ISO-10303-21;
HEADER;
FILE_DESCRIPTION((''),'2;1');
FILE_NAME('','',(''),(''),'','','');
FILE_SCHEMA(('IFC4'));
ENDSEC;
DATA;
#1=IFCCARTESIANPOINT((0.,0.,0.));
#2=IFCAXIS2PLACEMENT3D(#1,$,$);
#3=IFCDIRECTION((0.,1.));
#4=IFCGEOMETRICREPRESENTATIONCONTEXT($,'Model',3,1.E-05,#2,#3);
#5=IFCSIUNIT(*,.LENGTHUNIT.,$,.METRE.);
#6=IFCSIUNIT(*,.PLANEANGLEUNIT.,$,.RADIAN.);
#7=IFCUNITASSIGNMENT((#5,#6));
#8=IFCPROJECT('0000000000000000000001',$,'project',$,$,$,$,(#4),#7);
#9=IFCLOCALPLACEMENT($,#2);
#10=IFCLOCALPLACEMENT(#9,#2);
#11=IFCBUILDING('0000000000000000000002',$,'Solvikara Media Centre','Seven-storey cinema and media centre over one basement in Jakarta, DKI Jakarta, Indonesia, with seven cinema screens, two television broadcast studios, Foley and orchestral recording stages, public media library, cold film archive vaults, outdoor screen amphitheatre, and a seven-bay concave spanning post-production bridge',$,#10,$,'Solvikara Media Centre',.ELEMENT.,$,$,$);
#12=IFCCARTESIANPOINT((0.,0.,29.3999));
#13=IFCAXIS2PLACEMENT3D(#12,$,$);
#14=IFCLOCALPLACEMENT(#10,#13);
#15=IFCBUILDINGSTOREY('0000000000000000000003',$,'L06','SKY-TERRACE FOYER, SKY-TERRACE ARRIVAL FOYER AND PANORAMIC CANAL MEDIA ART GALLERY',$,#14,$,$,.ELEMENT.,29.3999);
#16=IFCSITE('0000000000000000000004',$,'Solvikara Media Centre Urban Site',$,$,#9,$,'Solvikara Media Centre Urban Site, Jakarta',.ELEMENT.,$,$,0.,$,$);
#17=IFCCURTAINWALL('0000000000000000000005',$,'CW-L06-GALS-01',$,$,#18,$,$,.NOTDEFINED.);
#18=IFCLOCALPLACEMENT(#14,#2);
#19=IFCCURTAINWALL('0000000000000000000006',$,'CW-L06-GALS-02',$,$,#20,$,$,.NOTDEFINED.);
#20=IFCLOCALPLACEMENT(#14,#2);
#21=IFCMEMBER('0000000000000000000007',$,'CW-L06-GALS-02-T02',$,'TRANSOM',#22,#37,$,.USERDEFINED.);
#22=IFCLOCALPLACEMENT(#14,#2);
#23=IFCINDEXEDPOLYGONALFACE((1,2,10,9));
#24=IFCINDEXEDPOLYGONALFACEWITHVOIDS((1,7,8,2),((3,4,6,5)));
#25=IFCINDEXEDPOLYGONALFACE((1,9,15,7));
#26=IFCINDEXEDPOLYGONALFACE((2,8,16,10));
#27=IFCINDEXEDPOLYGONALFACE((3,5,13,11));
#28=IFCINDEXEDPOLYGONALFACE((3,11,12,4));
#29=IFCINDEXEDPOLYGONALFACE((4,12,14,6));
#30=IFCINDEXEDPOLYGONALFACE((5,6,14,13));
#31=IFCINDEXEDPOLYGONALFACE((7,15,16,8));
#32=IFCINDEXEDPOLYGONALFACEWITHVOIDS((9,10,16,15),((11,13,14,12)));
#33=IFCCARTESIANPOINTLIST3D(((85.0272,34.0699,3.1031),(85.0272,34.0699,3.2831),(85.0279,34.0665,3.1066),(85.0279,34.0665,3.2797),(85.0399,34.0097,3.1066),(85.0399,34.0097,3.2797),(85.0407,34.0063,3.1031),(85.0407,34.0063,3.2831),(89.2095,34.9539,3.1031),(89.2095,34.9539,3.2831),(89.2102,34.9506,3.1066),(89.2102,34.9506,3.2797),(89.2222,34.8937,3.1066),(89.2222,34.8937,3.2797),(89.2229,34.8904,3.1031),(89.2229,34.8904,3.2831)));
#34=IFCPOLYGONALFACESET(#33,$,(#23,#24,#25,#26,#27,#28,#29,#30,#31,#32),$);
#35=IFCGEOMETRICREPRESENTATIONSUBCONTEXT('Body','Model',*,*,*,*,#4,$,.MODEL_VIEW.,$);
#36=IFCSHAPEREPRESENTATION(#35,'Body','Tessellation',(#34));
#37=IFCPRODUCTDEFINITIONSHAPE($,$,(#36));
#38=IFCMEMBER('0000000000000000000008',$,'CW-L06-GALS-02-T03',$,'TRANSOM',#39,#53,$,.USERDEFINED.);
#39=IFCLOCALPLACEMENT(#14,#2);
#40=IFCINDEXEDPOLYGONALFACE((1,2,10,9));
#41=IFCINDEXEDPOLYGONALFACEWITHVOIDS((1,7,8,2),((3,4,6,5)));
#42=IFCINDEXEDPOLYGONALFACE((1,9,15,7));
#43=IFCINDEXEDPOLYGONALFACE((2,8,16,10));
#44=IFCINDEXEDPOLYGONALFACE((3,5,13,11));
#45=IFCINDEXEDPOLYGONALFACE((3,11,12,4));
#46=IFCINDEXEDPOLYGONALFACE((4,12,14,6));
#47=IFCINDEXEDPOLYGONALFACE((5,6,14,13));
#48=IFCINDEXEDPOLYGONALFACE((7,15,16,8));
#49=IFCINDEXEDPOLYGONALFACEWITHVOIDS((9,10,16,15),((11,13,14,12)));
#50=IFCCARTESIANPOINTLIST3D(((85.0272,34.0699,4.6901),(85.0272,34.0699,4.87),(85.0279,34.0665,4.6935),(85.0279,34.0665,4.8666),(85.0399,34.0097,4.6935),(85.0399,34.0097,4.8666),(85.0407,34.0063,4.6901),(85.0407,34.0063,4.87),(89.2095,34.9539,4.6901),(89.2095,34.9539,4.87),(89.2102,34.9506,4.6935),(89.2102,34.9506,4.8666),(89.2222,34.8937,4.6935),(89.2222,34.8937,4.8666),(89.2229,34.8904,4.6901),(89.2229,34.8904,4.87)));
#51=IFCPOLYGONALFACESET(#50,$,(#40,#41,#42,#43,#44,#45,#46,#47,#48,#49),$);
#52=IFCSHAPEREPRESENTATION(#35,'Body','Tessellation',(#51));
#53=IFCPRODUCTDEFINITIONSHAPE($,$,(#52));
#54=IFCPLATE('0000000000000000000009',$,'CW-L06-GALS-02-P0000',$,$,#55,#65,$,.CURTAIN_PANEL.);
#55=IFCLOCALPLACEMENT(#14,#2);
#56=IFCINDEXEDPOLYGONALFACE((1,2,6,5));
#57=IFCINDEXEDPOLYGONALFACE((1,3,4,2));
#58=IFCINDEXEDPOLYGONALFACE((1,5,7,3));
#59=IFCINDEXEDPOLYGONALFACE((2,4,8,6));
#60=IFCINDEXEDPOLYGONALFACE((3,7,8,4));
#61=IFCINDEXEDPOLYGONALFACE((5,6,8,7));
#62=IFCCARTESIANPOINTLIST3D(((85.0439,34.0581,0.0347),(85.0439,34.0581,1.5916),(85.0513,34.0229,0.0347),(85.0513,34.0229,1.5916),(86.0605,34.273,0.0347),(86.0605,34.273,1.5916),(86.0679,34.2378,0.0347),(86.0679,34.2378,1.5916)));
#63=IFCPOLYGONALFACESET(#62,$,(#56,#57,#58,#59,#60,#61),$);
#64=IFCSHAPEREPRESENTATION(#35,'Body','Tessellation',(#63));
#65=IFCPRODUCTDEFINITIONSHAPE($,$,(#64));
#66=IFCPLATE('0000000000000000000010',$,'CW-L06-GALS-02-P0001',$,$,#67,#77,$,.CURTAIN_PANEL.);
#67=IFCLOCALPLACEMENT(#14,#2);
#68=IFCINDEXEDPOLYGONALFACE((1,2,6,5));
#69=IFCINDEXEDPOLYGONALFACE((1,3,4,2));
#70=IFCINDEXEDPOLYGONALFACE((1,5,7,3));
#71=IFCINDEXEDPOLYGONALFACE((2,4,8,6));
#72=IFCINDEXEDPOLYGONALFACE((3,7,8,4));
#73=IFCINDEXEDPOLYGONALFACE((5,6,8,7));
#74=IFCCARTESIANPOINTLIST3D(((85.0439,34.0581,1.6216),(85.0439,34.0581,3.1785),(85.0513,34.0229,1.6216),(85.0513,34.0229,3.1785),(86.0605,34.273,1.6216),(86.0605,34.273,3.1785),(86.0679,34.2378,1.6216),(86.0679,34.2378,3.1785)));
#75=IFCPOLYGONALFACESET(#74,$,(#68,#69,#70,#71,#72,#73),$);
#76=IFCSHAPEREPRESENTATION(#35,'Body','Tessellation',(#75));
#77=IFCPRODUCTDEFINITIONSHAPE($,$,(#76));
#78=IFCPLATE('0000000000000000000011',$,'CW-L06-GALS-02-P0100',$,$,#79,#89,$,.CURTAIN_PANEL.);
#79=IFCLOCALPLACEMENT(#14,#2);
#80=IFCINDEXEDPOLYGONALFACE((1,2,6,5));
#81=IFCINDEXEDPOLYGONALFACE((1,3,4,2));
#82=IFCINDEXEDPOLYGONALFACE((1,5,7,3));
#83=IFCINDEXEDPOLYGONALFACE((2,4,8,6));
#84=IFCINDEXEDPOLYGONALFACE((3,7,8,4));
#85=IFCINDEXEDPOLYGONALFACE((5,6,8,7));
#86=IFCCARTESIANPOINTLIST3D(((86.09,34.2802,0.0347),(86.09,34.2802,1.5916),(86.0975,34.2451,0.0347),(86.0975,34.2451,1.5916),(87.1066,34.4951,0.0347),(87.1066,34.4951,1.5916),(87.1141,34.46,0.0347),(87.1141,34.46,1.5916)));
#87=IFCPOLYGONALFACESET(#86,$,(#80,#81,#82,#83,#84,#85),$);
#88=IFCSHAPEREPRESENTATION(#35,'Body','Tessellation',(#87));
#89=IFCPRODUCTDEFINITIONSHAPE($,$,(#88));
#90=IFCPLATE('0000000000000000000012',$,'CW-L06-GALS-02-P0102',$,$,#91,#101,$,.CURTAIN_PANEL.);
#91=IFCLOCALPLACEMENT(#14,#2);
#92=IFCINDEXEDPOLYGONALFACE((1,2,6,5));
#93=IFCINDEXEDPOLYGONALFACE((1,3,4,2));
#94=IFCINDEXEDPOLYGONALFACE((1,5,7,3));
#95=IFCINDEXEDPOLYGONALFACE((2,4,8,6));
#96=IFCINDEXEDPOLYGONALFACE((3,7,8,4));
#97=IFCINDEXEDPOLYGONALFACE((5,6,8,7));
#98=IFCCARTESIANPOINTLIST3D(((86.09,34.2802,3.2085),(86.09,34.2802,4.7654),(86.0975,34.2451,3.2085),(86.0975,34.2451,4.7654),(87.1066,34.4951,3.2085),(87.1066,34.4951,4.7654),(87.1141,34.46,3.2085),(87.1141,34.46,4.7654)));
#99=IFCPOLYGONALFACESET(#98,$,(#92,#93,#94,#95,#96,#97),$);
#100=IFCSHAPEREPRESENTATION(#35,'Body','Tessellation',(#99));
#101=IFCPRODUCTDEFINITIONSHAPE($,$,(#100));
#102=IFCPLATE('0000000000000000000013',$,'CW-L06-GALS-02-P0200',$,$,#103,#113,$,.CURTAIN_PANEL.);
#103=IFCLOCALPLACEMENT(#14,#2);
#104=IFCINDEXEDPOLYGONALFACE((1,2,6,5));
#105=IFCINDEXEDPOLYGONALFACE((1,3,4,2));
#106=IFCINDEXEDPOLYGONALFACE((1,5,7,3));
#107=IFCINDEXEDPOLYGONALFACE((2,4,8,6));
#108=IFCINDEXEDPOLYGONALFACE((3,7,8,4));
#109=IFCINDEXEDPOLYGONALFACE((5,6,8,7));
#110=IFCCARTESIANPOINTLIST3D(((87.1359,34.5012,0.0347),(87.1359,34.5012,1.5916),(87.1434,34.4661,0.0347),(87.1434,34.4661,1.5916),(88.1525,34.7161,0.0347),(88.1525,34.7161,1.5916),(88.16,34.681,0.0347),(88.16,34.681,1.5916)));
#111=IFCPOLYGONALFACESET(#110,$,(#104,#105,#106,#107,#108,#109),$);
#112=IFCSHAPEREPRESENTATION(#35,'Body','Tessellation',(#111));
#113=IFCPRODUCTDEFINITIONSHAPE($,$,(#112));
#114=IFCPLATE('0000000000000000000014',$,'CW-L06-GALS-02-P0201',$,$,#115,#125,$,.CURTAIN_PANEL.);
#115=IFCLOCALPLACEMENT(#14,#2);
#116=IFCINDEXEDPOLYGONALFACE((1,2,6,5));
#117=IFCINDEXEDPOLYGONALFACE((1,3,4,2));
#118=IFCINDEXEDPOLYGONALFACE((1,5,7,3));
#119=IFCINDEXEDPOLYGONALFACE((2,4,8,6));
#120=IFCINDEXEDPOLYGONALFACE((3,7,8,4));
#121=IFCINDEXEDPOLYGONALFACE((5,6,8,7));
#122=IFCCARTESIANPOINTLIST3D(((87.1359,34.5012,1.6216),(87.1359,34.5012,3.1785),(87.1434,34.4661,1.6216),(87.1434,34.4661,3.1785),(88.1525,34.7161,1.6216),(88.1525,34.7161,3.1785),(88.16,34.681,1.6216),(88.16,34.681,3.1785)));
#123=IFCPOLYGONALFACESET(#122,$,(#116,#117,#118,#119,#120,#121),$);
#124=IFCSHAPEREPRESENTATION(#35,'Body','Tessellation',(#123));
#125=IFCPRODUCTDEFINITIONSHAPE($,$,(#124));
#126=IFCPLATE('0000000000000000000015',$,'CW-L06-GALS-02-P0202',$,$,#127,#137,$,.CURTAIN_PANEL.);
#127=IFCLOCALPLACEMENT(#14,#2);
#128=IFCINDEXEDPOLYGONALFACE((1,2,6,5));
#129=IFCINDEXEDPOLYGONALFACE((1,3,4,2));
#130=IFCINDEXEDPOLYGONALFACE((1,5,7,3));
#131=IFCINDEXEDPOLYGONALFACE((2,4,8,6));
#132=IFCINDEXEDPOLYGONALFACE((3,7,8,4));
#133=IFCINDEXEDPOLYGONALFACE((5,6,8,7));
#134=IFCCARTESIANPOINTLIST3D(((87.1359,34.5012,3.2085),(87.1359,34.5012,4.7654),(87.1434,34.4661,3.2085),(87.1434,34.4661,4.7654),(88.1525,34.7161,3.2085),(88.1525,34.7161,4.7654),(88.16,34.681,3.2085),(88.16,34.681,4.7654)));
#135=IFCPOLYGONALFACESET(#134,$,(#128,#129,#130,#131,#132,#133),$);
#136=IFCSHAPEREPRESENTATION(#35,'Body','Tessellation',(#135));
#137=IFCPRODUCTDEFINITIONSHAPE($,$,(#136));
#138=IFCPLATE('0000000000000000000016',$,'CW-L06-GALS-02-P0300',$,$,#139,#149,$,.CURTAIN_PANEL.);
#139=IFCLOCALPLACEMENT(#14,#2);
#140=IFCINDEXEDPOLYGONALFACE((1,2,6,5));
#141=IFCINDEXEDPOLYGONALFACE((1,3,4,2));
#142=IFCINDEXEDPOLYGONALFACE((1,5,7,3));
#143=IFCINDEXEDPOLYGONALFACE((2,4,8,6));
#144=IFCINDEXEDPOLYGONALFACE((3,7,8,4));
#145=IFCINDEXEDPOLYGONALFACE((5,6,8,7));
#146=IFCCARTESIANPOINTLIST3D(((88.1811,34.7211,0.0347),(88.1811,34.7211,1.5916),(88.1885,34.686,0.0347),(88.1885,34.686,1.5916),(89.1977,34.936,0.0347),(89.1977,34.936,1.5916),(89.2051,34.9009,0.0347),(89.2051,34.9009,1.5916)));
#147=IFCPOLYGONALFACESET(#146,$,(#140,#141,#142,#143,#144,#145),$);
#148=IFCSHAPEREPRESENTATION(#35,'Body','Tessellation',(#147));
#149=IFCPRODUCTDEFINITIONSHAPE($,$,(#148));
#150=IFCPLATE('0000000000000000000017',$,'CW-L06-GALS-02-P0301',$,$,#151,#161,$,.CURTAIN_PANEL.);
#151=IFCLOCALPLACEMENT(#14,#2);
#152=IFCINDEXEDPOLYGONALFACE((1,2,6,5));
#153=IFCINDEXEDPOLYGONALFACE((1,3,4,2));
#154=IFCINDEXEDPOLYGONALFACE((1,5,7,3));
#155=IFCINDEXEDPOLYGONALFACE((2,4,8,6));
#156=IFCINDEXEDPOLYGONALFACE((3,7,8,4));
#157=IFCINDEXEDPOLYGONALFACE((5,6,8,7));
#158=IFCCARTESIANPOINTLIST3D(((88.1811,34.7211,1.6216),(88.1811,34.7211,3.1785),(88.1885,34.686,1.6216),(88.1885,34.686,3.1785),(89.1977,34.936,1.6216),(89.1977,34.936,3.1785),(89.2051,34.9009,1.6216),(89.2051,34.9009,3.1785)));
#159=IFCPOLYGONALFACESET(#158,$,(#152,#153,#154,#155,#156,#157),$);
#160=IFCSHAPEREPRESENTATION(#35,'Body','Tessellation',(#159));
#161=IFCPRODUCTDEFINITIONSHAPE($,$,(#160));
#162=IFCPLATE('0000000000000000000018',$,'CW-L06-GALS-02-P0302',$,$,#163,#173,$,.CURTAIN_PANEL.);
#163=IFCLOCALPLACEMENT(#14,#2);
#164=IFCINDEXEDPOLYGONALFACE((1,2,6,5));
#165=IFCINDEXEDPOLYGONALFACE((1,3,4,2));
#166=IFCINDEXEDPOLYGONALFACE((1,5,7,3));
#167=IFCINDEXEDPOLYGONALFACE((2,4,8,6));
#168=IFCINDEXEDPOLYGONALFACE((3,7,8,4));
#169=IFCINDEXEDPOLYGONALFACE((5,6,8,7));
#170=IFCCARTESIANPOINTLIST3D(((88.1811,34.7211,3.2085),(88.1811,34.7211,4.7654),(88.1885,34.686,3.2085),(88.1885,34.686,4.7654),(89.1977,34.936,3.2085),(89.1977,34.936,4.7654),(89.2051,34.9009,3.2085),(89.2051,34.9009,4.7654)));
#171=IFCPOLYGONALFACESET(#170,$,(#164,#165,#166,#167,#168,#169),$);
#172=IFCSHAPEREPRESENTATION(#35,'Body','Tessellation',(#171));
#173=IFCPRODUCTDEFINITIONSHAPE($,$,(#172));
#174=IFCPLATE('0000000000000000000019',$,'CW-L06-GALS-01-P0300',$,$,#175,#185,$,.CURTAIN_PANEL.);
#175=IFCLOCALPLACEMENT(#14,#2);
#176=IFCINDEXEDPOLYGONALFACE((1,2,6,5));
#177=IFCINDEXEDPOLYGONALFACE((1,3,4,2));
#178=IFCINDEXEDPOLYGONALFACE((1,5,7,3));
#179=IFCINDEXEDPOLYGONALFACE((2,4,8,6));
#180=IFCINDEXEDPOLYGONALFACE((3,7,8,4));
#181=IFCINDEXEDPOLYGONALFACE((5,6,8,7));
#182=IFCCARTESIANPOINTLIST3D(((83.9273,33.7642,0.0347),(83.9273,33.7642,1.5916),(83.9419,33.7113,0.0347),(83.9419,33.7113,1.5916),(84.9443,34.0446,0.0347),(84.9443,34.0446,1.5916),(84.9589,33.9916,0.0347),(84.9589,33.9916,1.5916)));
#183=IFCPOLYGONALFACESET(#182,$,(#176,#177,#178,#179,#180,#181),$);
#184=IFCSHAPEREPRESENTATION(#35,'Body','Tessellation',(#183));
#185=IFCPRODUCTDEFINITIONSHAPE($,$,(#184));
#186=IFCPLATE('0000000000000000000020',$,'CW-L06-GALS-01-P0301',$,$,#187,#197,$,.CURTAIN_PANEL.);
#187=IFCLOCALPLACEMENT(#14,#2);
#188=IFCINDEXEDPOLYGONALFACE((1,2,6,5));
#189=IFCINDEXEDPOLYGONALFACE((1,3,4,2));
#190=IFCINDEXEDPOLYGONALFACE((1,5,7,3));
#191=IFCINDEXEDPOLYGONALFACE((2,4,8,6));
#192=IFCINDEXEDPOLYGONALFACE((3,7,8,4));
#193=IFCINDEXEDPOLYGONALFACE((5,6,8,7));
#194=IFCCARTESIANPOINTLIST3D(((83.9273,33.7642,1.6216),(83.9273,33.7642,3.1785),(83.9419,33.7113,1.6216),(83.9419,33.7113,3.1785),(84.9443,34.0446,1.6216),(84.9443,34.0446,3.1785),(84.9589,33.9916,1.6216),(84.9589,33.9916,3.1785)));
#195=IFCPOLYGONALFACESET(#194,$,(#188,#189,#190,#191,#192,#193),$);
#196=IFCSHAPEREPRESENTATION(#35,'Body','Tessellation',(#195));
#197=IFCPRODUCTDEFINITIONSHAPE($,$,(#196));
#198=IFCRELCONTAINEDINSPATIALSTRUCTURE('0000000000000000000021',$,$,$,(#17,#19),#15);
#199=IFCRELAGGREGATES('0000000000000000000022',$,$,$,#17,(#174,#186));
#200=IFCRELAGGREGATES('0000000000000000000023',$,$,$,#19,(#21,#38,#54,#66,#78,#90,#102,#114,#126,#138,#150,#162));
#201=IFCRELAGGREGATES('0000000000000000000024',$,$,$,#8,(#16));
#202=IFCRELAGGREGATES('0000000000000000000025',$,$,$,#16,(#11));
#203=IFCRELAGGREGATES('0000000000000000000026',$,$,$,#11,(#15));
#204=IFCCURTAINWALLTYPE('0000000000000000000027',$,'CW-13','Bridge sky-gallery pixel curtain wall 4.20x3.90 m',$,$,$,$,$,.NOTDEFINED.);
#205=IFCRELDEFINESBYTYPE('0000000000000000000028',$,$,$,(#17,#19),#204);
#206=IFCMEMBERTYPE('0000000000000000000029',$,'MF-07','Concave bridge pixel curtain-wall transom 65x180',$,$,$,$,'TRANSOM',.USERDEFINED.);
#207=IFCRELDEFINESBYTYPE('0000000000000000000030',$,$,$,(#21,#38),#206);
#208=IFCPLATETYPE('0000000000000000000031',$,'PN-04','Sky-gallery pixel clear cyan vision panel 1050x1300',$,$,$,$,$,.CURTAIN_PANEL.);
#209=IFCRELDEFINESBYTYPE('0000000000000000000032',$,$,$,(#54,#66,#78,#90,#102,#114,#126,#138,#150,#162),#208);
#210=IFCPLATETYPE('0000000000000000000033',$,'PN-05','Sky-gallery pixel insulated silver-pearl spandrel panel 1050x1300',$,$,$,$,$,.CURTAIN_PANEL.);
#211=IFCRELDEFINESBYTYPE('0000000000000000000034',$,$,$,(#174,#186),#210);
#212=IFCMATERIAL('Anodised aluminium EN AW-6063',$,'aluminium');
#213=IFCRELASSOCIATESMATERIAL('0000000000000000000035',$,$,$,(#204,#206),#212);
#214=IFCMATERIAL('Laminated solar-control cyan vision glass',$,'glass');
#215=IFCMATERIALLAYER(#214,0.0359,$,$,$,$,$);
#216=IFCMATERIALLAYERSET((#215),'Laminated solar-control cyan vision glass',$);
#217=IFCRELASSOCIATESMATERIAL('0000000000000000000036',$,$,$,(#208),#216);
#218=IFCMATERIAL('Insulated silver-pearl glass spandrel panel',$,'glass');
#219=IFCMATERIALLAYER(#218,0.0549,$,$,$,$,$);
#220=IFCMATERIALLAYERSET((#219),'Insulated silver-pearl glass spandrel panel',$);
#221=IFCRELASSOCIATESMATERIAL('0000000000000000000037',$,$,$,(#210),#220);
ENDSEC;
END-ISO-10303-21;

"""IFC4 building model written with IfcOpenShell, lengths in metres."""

from ifc_helpers import new_model, si_unit, direction, frame, origin, origin_2d, place, context, subcontext, project, spatial, rectangle, hollow_rectangle, extrude, material, layer, layer_set, material_profile, profile_set, type_object, element, aggregate, save


model = new_model("IFC4")

# Units and contexts
model_context = context("Model", 3, precision=1e-05, world=origin(), true_north=direction((0.0, 1.0)))
body_context = subcontext(model_context, "Body", "Model", "MODEL_VIEW")
ifc_project = project(units=[si_unit("LENGTHUNIT", "METRE"), si_unit("PLANEANGLEUNIT", "RADIAN")], contexts=[model_context])

# Site, building, storey
site_placement = place(None, origin())
site = spatial("IfcSite", under=ifc_project, at=site_placement, Name="Solvikara Media Centre Urban Site", LongName="Solvikara Media Centre Urban Site, Jakarta", CompositionType="ELEMENT", RefElevation=0.0)
building_placement = place(site_placement, origin())
building = spatial("IfcBuilding", under=site, at=building_placement, Name="Solvikara Media Centre", Description="Seven-storey cinema and media centre over one basement in Jakarta, DKI Jakarta, Indonesia, with seven cinema screens, two television broadcast studios, Foley and orchestral recording stages, public media library, cold film archive vaults, outdoor screen amphitheatre, and a seven-bay concave spanning post-production bridge", LongName="Solvikara Media Centre", CompositionType="ELEMENT")
storey_placement = place(building_placement, frame((0.0, 0.0, 29.3999)))
storey = spatial("IfcBuildingStorey", under=building, at=storey_placement, Name="L06", Description="SKY-TERRACE FOYER, SKY-TERRACE ARRIVAL FOYER AND PANORAMIC CANAL MEDIA ART GALLERY", CompositionType="ELEMENT", Elevation=29.3999)

# Curtain wall
ifc_material_1 = material(Name="Anodised aluminium EN AW-6063", Category="aluminium")
curtain_wall_type = type_object("IfcCurtainWallType", Name="CW-13", Description="Bridge sky-gallery pixel curtain wall 4.20x3.90 m", PredefinedType="NOTDEFINED", material=ifc_material_1)
curtain_wall_1_placement = place(storey_placement, origin())
curtain_wall_1 = element("IfcCurtainWall", 1, at=curtain_wall_1_placement, inside=storey, type_object=curtain_wall_type, Name="CW-L06-GALS-01", PredefinedType="NOTDEFINED")

# Curtain wall, members, plates
curtain_wall_2_placement = place(storey_placement, origin())
curtain_wall_2 = element("IfcCurtainWall", 2, at=curtain_wall_2_placement, inside=storey, type_object=curtain_wall_type, Name="CW-L06-GALS-02", PredefinedType="NOTDEFINED")
ifc_material_profile_1 = material_profile(ifc_material_1, hollow_rectangle(XDim=0.0649, YDim=0.1799, WallThickness=0.0034, at=origin_2d()), Name="ALU-T 65x180x3.5")
ifc_profile_set_1 = profile_set([ifc_material_profile_1], Name="Anodised aluminium EN AW-6063")
member_type_1 = type_object("IfcMemberType", Name="MF-07", Description="Concave bridge pixel curtain-wall transom 65x180", ElementType="TRANSOM", PredefinedType="USERDEFINED", material=ifc_profile_set_1)
member_1_placement = place(storey_placement, frame((85.0339, 34.0381, 3.1931), z_axis=(0.97838, 0.206814, 0.0), x_axis=(-0.206814, 0.97838, 0.0)))
member_1 = element("IfcMember", 3, at=member_1_placement, type_object=member_type_1, Name="CW-L06-GALS-02-T02", ObjectType="TRANSOM", PredefinedType="USERDEFINED", context=body_context, shape_type="SweptSolid", body=[
    extrude(hollow_rectangle(XDim=0.0649, YDim=0.1799, WallThickness=0.0034, at=origin_2d()), origin(), (0.0, 0.0, 1.0), 4.2747),
])
member_2_placement = place(storey_placement, frame((85.0339, 34.0381, 4.78), z_axis=(0.97838, 0.206814, 0.0), x_axis=(-0.206814, 0.97838, 0.0)))
member_2 = element("IfcMember", 4, at=member_2_placement, type_object=member_type_1, Name="CW-L06-GALS-02-T03", ObjectType="TRANSOM", PredefinedType="USERDEFINED", context=body_context, shape_type="SweptSolid", body=[
    extrude(hollow_rectangle(XDim=0.0649, YDim=0.1799, WallThickness=0.0034, at=origin_2d()), origin(), (0.0, 0.0, 1.0), 4.2747),
])
ifc_material_2 = material(Name="Laminated solar-control cyan vision glass", Category="glass")
ifc_layer_1 = layer(ifc_material_2, 0.0359)
ifc_layer_set_1 = layer_set([ifc_layer_1], Name="Laminated solar-control cyan vision glass")
plate_type_1 = type_object("IfcPlateType", Name="PN-04", Description="Sky-gallery pixel clear cyan vision panel 1050x1300", PredefinedType="CURTAIN_PANEL", material=ifc_layer_set_1)
plate_1_placement = place(storey_placement, frame((85.5559, 34.1479, 0.0347), z_axis=(0.0, 0.0, 1.0), x_axis=(0.978379, 0.206819, 0.0)))
plate_1 = element("IfcPlate", 5, at=plate_1_placement, type_object=plate_type_1, Name="CW-L06-GALS-02-P0000", PredefinedType="CURTAIN_PANEL", context=body_context, shape_type="SweptSolid", body=[
    extrude(rectangle(XDim=1.0391, YDim=0.0359, at=origin_2d()), origin(), (0.0, 0.0, 1.0), 1.5569),
])
plate_2_placement = place(storey_placement, frame((85.5559, 34.1479, 1.6216), z_axis=(0.0, 0.0, 1.0), x_axis=(0.978379, 0.206819, 0.0)))
plate_2 = element("IfcPlate", 6, at=plate_2_placement, type_object=plate_type_1, Name="CW-L06-GALS-02-P0001", PredefinedType="CURTAIN_PANEL", context=body_context, shape_type="SweptSolid", body=[
    extrude(rectangle(XDim=1.0391, YDim=0.0359, at=origin_2d()), origin(), (0.0, 0.0, 1.0), 1.5569),
])
plate_3_placement = place(storey_placement, frame((86.6021, 34.3701, 0.0347), z_axis=(0.0, 0.0, 1.0), x_axis=(0.978379, 0.206819, 0.0)))
plate_3 = element("IfcPlate", 7, at=plate_3_placement, type_object=plate_type_1, Name="CW-L06-GALS-02-P0100", PredefinedType="CURTAIN_PANEL", context=body_context, shape_type="SweptSolid", body=[
    extrude(rectangle(XDim=1.0391, YDim=0.0359, at=origin_2d()), origin(), (0.0, 0.0, 1.0), 1.5569),
])
plate_4_placement = place(storey_placement, frame((86.6021, 34.3701, 3.2085), z_axis=(0.0, 0.0, 1.0), x_axis=(0.978379, 0.206819, 0.0)))
plate_4 = element("IfcPlate", 8, at=plate_4_placement, type_object=plate_type_1, Name="CW-L06-GALS-02-P0102", PredefinedType="CURTAIN_PANEL", context=body_context, shape_type="SweptSolid", body=[
    extrude(rectangle(XDim=1.0391, YDim=0.0359, at=origin_2d()), origin(), (0.0, 0.0, 1.0), 1.5569),
])
plate_5_placement = place(storey_placement, frame((87.6479, 34.5911, 0.0347), z_axis=(0.0, 0.0, 1.0), x_axis=(0.978379, 0.206819, 0.0)))
plate_5 = element("IfcPlate", 9, at=plate_5_placement, type_object=plate_type_1, Name="CW-L06-GALS-02-P0200", PredefinedType="CURTAIN_PANEL", context=body_context, shape_type="SweptSolid", body=[
    extrude(rectangle(XDim=1.0391, YDim=0.0359, at=origin_2d()), origin(), (0.0, 0.0, 1.0), 1.5569),
])
plate_6_placement = place(storey_placement, frame((87.6479, 34.5911, 1.6216), z_axis=(0.0, 0.0, 1.0), x_axis=(0.978379, 0.206819, 0.0)))
plate_6 = element("IfcPlate", 10, at=plate_6_placement, type_object=plate_type_1, Name="CW-L06-GALS-02-P0201", PredefinedType="CURTAIN_PANEL", context=body_context, shape_type="SweptSolid", body=[
    extrude(rectangle(XDim=1.0391, YDim=0.0359, at=origin_2d()), origin(), (0.0, 0.0, 1.0), 1.5569),
])
plate_7_placement = place(storey_placement, frame((87.6479, 34.5911, 3.2085), z_axis=(0.0, 0.0, 1.0), x_axis=(0.978379, 0.206819, 0.0)))
plate_7 = element("IfcPlate", 11, at=plate_7_placement, type_object=plate_type_1, Name="CW-L06-GALS-02-P0202", PredefinedType="CURTAIN_PANEL", context=body_context, shape_type="SweptSolid", body=[
    extrude(rectangle(XDim=1.0391, YDim=0.0359, at=origin_2d()), origin(), (0.0, 0.0, 1.0), 1.5569),
])
plate_8_placement = place(storey_placement, frame((88.6931, 34.811, 0.0347), z_axis=(0.0, 0.0, 1.0), x_axis=(0.978379, 0.206819, 0.0)))
plate_8 = element("IfcPlate", 12, at=plate_8_placement, type_object=plate_type_1, Name="CW-L06-GALS-02-P0300", PredefinedType="CURTAIN_PANEL", context=body_context, shape_type="SweptSolid", body=[
    extrude(rectangle(XDim=1.0391, YDim=0.0359, at=origin_2d()), origin(), (0.0, 0.0, 1.0), 1.5569),
])
plate_9_placement = place(storey_placement, frame((88.6931, 34.811, 1.6216), z_axis=(0.0, 0.0, 1.0), x_axis=(0.978379, 0.206819, 0.0)))
plate_9 = element("IfcPlate", 13, at=plate_9_placement, type_object=plate_type_1, Name="CW-L06-GALS-02-P0301", PredefinedType="CURTAIN_PANEL", context=body_context, shape_type="SweptSolid", body=[
    extrude(rectangle(XDim=1.0391, YDim=0.0359, at=origin_2d()), origin(), (0.0, 0.0, 1.0), 1.5569),
])
plate_10_placement = place(storey_placement, frame((88.6931, 34.811, 3.2085), z_axis=(0.0, 0.0, 1.0), x_axis=(0.978379, 0.206819, 0.0)))
plate_10 = element("IfcPlate", 14, at=plate_10_placement, type_object=plate_type_1, Name="CW-L06-GALS-02-P0302", PredefinedType="CURTAIN_PANEL", context=body_context, shape_type="SweptSolid", body=[
    extrude(rectangle(XDim=1.0391, YDim=0.0359, at=origin_2d()), origin(), (0.0, 0.0, 1.0), 1.5569),
])

# Plates
ifc_material_3 = material(Name="Insulated silver-pearl glass spandrel panel", Category="glass")
ifc_layer_2 = layer(ifc_material_3, 0.0549)
ifc_layer_set_2 = layer_set([ifc_layer_2], Name="Insulated silver-pearl glass spandrel panel")
plate_type_2 = type_object("IfcPlateType", Name="PN-05", Description="Sky-gallery pixel insulated silver-pearl spandrel panel 1050x1300", PredefinedType="CURTAIN_PANEL", material=ifc_layer_set_2)
plate_11_placement = place(storey_placement, frame((84.4431, 33.8779, 0.0347), z_axis=(0.0, 0.0, 1.0), x_axis=(0.96403, 0.265792, 0.0)))
plate_11 = element("IfcPlate", 15, at=plate_11_placement, type_object=plate_type_2, Name="CW-L06-GALS-01-P0300", PredefinedType="CURTAIN_PANEL", context=body_context, shape_type="SweptSolid", body=[
    extrude(rectangle(XDim=1.0549, YDim=0.0549, at=origin_2d()), origin(), (0.0, 0.0, 1.0), 1.5569),
])
plate_12_placement = place(storey_placement, frame((84.4431, 33.8779, 1.6216), z_axis=(0.0, 0.0, 1.0), x_axis=(0.96403, 0.265792, 0.0)))
plate_12 = element("IfcPlate", 16, at=plate_12_placement, type_object=plate_type_2, Name="CW-L06-GALS-01-P0301", PredefinedType="CURTAIN_PANEL", context=body_context, shape_type="SweptSolid", body=[
    extrude(rectangle(XDim=1.0549, YDim=0.0549, at=origin_2d()), origin(), (0.0, 0.0, 1.0), 1.5569),
])
aggregate(curtain_wall_1, [plate_11, plate_12])
aggregate(curtain_wall_2, [member_1, member_2, plate_1, plate_2, plate_3, plate_4, plate_5, plate_6, plate_7, plate_8, plate_9, plate_10])

save(model, "model.ifc")
